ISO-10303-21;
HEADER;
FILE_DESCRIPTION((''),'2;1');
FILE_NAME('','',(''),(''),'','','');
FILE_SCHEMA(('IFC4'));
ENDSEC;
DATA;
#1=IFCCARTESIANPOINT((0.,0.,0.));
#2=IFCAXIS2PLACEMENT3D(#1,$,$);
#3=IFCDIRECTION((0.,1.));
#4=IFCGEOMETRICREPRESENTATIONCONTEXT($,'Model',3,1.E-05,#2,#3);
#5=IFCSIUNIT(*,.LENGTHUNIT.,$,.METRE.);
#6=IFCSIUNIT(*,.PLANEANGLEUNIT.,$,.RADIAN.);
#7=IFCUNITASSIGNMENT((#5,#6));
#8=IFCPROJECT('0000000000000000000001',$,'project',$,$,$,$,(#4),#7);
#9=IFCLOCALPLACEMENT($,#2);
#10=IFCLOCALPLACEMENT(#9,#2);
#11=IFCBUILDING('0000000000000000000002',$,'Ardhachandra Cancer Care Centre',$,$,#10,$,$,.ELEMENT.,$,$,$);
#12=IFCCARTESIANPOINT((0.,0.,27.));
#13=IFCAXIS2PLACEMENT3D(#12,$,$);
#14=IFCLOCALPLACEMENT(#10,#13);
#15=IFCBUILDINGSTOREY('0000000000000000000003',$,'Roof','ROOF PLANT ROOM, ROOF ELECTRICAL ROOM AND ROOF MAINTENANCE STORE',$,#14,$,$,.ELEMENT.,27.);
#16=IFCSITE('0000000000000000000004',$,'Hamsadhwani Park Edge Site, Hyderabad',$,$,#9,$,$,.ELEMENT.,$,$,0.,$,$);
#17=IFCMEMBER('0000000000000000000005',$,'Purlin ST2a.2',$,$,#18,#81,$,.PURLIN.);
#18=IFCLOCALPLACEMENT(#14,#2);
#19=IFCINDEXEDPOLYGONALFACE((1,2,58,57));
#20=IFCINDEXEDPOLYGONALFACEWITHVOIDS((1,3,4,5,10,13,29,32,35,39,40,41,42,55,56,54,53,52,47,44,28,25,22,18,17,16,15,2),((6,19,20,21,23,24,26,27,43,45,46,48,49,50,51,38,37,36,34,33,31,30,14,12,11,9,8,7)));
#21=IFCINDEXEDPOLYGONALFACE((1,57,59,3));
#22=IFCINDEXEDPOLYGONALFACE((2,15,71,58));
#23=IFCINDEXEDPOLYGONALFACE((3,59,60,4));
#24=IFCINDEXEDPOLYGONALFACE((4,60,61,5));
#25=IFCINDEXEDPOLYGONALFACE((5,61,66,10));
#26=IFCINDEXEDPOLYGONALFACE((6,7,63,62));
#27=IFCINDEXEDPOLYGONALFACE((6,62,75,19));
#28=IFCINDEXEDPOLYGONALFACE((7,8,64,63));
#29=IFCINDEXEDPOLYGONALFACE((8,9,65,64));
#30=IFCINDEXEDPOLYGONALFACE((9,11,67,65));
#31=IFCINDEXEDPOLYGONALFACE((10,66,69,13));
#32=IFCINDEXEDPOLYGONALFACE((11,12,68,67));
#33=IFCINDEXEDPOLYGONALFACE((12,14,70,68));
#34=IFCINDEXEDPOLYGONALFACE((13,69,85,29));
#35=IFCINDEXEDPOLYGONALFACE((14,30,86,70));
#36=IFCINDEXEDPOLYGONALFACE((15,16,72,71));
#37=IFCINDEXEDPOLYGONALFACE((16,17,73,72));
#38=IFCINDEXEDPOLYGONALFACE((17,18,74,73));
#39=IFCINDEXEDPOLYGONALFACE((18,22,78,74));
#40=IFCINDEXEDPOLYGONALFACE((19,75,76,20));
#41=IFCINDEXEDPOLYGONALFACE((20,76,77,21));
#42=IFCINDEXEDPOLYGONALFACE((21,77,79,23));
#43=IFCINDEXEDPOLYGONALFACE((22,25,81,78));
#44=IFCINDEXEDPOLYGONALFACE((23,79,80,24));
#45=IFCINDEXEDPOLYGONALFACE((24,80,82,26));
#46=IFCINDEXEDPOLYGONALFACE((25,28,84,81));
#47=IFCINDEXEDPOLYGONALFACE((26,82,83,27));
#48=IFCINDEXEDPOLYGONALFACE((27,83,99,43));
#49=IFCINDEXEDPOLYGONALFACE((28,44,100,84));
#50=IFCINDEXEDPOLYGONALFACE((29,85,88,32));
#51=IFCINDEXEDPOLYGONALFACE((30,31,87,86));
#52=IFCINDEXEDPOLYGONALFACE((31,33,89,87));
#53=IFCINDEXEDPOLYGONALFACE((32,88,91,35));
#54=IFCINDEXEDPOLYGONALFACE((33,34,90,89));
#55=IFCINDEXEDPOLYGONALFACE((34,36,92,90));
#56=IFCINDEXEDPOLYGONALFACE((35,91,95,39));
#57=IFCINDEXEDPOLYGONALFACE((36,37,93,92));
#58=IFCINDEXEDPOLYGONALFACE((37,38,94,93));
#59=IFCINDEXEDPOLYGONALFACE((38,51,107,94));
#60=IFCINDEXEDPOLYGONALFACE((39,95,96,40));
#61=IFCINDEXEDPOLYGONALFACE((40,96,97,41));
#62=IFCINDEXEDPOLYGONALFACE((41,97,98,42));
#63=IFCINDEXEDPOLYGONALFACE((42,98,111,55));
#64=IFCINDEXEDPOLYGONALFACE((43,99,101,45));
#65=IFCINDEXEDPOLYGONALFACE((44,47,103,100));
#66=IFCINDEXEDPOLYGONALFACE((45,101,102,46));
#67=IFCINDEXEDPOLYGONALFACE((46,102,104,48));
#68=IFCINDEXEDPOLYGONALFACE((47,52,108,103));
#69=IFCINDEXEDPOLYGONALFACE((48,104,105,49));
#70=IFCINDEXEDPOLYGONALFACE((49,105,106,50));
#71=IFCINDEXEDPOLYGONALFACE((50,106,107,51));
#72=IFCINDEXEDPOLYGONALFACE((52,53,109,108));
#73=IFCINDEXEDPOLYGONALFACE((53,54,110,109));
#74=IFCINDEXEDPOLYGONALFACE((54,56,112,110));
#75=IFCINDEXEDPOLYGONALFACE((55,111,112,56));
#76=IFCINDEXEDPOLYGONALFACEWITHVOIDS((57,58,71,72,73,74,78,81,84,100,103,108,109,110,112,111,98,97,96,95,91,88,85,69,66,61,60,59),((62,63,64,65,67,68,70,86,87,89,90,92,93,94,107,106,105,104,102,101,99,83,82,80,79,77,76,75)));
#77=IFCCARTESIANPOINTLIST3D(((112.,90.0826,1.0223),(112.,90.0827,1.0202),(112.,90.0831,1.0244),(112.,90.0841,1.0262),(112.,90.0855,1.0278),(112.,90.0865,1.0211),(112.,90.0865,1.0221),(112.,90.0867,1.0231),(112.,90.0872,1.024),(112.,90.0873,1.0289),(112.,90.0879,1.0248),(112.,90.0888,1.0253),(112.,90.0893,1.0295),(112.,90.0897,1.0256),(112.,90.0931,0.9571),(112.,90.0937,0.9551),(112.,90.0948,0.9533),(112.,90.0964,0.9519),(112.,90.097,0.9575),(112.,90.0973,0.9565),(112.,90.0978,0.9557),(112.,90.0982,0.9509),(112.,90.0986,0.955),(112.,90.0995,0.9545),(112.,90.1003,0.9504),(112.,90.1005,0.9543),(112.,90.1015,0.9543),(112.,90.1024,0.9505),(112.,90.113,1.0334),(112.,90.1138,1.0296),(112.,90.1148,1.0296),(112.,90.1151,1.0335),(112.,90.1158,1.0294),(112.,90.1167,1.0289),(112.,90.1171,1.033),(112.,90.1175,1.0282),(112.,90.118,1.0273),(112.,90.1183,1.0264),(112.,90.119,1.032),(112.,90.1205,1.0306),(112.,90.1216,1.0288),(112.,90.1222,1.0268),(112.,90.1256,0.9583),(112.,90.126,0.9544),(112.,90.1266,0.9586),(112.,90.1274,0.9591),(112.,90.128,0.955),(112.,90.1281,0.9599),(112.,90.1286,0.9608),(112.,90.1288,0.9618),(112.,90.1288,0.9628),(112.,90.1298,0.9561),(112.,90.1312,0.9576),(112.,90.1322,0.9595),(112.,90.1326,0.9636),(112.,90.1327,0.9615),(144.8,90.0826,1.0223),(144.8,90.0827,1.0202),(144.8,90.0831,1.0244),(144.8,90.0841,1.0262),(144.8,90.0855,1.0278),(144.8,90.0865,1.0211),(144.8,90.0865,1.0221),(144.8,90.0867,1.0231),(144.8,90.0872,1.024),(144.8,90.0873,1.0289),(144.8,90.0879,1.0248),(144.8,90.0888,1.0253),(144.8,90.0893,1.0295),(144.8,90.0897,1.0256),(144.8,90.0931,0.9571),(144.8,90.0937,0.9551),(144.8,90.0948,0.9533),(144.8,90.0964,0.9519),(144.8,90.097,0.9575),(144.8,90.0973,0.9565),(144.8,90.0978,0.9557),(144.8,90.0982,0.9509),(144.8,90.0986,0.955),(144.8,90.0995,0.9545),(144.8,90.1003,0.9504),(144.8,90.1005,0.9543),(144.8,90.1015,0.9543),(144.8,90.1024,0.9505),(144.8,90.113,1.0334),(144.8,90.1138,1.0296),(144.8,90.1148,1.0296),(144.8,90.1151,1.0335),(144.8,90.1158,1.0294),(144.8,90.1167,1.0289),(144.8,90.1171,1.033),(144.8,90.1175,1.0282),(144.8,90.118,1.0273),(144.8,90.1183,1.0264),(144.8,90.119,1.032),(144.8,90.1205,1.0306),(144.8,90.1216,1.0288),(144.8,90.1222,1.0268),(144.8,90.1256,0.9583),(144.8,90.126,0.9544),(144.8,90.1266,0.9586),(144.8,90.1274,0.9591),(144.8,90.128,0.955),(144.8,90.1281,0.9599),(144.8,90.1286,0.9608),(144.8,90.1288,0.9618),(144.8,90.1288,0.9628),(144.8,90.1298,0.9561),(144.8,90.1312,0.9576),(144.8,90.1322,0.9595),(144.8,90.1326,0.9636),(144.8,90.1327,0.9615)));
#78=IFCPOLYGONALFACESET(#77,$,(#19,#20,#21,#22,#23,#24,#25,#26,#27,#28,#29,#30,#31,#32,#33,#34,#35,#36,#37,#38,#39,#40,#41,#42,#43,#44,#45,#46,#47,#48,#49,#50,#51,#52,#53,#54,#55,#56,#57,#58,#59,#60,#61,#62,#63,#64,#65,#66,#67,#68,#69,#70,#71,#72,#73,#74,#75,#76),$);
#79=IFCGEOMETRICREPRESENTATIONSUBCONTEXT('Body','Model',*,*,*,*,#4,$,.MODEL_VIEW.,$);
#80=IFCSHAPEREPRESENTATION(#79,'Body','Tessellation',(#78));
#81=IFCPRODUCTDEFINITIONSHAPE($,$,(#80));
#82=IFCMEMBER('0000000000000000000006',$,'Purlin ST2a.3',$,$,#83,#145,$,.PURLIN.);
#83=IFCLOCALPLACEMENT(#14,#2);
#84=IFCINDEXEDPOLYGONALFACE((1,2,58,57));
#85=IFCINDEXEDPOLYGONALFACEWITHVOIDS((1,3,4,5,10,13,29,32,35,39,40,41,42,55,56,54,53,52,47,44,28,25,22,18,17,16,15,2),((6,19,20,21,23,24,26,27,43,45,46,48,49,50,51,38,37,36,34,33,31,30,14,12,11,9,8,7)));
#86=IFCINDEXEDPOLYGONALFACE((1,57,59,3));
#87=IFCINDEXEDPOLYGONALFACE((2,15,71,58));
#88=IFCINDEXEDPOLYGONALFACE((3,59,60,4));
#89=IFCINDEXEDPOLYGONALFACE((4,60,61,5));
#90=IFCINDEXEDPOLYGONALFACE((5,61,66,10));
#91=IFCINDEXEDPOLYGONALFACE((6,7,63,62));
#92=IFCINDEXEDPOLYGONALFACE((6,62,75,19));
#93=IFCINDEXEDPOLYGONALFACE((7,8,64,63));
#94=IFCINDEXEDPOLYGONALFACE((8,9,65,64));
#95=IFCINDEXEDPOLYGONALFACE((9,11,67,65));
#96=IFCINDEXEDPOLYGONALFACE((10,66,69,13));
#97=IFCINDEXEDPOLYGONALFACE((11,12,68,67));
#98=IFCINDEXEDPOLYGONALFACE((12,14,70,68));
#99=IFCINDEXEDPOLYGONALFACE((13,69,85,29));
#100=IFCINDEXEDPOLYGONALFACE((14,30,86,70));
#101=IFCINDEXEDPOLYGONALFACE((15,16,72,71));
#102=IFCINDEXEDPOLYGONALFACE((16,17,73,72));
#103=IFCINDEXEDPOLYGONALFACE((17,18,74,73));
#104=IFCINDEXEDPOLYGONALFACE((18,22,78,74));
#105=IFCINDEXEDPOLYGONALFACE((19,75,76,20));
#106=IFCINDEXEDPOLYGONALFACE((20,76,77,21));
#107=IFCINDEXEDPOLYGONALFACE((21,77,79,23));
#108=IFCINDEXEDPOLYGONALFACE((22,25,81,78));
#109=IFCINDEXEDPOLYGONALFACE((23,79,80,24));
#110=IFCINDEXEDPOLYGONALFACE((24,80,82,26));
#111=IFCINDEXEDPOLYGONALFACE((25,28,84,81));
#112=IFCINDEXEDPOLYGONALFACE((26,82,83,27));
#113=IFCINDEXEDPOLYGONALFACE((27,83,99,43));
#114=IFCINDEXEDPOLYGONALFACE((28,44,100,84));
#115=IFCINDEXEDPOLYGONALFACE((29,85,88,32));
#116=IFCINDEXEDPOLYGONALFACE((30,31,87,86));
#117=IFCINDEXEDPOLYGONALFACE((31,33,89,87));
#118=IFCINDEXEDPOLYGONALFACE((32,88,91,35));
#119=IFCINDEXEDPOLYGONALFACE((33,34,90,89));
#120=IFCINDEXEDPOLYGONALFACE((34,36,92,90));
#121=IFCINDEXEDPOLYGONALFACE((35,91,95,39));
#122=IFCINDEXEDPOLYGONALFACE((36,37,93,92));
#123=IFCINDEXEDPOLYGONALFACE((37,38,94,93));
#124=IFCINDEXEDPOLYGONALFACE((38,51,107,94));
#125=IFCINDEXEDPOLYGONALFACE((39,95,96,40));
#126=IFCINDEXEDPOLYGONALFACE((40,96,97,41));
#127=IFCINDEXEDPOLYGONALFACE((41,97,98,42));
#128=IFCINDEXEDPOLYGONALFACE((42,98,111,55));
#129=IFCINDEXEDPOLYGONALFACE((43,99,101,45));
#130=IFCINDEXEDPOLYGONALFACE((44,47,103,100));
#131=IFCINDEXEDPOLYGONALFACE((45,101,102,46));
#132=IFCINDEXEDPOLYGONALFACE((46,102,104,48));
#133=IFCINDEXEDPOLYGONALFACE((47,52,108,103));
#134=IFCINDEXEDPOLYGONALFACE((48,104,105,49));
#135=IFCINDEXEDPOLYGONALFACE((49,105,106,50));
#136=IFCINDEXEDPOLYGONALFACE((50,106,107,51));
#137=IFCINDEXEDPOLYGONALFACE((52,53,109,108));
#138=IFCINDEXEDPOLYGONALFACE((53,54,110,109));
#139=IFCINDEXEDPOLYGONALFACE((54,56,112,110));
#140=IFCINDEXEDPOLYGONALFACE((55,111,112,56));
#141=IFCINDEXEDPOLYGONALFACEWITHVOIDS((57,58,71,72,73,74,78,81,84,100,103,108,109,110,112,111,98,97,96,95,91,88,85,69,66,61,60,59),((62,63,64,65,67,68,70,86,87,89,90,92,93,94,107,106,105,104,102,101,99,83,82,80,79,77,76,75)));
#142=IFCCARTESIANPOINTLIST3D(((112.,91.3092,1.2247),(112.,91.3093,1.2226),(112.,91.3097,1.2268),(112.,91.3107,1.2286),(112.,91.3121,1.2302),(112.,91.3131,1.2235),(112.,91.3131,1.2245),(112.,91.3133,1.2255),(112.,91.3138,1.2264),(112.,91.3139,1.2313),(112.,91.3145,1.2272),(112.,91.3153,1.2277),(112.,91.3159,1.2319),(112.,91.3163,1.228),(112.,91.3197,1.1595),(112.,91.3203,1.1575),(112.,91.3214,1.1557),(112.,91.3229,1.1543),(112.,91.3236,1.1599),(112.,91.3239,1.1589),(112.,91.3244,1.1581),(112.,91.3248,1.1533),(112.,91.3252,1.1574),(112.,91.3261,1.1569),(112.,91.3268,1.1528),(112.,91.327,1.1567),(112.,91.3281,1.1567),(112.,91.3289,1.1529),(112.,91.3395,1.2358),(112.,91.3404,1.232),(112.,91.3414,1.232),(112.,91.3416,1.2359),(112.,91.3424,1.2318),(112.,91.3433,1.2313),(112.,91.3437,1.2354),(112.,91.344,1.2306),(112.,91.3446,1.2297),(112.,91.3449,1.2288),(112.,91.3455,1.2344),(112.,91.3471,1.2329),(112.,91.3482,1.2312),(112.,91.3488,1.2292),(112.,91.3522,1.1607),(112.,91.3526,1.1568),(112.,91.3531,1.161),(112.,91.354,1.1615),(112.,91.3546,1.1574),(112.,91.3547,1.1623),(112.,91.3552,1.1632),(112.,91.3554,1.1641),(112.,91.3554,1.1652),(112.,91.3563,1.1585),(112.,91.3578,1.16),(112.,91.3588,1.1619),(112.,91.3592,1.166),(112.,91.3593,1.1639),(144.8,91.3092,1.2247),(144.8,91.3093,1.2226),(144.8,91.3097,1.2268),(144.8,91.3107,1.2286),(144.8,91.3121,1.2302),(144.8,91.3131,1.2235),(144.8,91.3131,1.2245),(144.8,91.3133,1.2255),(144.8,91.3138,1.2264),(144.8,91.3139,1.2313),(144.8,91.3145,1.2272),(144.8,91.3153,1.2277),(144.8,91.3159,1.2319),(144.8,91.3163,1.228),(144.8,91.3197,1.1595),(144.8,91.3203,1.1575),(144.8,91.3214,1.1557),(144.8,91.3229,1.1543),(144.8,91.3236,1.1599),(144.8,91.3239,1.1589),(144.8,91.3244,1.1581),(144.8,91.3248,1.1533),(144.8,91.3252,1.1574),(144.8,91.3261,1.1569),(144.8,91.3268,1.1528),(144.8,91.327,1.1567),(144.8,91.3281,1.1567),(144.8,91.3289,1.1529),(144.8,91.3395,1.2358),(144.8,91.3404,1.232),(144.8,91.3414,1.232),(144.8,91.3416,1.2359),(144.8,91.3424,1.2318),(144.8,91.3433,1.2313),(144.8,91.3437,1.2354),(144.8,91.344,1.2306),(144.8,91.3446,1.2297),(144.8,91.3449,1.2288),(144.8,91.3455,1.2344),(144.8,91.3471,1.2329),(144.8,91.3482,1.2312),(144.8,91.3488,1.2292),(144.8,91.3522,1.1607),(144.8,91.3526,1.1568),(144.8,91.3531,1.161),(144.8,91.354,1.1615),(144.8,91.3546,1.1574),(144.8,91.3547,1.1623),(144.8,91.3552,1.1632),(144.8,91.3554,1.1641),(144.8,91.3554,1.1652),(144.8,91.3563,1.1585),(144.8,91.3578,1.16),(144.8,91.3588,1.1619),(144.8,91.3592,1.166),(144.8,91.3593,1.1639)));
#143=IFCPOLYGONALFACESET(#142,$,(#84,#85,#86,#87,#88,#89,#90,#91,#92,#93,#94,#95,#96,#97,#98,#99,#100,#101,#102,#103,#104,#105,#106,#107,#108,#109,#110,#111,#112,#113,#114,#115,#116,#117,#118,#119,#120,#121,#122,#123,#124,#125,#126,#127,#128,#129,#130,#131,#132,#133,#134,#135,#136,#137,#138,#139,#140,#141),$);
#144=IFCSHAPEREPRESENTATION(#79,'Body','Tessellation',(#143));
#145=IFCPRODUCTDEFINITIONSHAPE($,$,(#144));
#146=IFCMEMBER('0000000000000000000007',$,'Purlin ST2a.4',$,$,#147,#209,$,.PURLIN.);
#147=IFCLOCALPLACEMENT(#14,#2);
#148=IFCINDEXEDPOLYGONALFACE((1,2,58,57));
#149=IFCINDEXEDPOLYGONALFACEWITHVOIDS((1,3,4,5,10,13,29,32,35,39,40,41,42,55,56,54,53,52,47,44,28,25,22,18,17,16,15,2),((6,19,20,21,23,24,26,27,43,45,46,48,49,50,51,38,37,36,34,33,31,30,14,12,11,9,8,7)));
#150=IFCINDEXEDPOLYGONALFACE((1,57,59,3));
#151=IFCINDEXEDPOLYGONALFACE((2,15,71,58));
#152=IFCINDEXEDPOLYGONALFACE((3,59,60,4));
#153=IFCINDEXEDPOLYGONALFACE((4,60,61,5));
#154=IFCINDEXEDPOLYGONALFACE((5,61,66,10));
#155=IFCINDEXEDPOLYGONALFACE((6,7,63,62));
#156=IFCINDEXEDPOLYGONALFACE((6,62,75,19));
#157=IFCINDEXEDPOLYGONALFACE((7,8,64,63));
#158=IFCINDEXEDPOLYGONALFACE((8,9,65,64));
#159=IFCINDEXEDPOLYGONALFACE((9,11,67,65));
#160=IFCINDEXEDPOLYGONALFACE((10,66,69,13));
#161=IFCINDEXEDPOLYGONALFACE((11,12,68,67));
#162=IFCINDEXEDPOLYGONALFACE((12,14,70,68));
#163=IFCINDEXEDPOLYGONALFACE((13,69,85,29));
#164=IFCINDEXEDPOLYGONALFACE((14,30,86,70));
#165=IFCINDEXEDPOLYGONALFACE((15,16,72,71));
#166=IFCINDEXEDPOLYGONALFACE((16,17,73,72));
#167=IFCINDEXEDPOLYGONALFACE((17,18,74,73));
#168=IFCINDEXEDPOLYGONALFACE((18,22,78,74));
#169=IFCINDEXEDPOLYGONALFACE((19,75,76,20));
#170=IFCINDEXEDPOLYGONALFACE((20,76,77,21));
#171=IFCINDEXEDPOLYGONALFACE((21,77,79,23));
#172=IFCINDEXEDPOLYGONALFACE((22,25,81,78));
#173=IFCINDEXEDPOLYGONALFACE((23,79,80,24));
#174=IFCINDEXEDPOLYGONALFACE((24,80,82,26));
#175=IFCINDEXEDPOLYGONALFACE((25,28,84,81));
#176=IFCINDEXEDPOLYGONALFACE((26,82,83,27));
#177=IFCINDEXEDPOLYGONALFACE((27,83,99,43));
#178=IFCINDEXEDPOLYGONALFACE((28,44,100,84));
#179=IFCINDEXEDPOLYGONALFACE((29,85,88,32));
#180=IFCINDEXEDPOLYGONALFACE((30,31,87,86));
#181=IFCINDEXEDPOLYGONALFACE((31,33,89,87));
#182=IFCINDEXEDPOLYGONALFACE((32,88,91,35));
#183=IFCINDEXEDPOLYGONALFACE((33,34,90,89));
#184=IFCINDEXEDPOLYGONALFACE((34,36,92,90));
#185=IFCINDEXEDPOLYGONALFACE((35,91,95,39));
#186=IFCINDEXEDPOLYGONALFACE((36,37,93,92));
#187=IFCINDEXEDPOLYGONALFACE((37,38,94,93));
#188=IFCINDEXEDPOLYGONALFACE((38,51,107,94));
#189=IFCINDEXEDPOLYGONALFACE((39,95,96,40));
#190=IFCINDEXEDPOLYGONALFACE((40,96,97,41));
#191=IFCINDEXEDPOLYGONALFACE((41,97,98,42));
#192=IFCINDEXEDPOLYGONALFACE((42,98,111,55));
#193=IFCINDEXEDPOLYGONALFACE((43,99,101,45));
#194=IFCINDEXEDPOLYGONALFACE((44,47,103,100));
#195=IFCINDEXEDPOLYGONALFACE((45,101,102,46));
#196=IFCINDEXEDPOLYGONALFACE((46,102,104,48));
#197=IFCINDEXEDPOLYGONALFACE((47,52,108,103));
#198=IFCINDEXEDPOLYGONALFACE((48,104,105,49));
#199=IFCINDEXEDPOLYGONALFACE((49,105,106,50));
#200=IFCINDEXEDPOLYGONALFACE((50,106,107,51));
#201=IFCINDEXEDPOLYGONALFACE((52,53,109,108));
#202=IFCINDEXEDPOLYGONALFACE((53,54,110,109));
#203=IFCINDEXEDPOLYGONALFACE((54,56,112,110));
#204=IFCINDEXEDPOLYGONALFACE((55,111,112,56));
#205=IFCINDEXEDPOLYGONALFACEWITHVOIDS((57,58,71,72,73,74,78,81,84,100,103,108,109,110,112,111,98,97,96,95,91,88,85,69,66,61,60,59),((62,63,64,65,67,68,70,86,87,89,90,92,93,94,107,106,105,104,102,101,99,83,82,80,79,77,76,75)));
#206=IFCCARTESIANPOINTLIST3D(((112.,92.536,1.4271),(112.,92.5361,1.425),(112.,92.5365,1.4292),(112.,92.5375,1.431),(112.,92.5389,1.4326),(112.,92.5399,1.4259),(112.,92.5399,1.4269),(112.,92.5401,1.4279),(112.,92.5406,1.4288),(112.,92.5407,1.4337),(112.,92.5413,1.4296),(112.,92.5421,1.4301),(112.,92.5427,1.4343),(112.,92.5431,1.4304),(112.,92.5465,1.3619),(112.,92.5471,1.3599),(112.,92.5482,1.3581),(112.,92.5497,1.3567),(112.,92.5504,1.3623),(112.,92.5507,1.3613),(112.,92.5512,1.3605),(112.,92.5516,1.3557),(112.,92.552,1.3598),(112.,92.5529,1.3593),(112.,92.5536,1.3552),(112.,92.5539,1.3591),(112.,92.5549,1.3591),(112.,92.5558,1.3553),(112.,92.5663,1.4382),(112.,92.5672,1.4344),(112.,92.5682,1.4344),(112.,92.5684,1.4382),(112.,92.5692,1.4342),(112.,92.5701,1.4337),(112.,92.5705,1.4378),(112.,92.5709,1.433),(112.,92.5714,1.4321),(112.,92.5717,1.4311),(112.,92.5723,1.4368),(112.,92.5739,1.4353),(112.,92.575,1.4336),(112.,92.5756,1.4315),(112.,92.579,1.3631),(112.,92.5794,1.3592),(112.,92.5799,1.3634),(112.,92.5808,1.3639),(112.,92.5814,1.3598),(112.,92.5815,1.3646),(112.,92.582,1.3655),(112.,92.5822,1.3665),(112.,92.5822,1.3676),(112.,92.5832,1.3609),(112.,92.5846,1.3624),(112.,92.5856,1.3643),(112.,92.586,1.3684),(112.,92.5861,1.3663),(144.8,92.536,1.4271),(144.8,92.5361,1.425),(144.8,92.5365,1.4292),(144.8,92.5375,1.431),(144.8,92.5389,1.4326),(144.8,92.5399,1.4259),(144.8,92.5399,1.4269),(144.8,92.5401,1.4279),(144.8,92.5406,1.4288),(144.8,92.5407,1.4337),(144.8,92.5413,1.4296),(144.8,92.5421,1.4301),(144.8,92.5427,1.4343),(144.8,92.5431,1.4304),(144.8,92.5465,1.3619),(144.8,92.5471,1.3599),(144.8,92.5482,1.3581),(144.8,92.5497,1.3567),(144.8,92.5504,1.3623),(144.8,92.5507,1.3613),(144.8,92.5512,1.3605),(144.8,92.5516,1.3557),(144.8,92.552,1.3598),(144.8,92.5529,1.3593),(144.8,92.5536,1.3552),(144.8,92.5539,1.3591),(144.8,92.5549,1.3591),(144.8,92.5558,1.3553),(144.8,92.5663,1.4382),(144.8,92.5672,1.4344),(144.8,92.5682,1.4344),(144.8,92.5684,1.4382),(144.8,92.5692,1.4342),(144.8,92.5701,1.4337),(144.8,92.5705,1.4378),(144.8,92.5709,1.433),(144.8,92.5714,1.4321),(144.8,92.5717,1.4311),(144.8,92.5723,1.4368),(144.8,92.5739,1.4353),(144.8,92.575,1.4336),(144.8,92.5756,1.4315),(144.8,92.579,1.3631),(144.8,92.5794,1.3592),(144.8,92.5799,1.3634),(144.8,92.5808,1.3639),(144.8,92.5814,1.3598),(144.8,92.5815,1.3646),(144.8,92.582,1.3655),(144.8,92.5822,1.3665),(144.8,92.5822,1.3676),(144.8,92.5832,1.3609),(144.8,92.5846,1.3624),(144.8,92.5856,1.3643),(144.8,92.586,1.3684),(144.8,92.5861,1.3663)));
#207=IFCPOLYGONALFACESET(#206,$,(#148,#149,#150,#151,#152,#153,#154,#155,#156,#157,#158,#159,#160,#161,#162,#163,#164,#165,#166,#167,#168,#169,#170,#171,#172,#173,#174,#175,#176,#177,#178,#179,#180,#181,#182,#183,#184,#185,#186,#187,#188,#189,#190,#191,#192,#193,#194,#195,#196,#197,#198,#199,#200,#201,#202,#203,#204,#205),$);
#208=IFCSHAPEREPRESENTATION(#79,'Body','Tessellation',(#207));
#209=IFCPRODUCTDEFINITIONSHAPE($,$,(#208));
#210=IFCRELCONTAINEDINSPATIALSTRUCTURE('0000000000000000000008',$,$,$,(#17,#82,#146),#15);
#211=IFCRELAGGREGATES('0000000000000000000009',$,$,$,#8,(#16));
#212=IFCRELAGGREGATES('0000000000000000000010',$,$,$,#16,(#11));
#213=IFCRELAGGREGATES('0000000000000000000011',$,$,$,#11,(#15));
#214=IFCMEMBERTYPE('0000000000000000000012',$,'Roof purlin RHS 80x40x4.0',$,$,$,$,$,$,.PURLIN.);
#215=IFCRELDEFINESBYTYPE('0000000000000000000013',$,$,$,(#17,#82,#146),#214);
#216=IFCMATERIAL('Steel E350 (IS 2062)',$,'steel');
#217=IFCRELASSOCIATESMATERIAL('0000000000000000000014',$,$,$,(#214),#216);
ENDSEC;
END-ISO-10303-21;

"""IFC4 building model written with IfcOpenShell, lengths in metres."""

from ifc_helpers import new_model, si_unit, direction, frame, origin, origin_2d, place, context, subcontext, project, spatial, hollow_rectangle, extrude, material, material_profile, profile_set, type_object, element, save


model = new_model("IFC4")

# Units and contexts
model_context = context("Model", 3, precision=1e-05, world=origin(), true_north=direction((0.0, 1.0)))
body_context = subcontext(model_context, "Body", "Model", "MODEL_VIEW")
ifc_project = project(units=[si_unit("LENGTHUNIT", "METRE"), si_unit("PLANEANGLEUNIT", "RADIAN")], contexts=[model_context])

# Site, building, storey
site_placement = place(None, origin())
site = spatial("IfcSite", under=ifc_project, at=site_placement, Name="Hamsadhwani Park Edge Site, Hyderabad", CompositionType="ELEMENT", RefElevation=0.0)
building_placement = place(site_placement, origin())
building = spatial("IfcBuilding", under=site, at=building_placement, Name="Ardhachandra Cancer Care Centre", CompositionType="ELEMENT")
storey_placement = place(building_placement, frame((0.0, 0.0, 27.0)))
storey = spatial("IfcBuildingStorey", under=building, at=storey_placement, Name="Roof", Description="ROOF PLANT ROOM, ROOF ELECTRICAL ROOM AND ROOF MAINTENANCE STORE", CompositionType="ELEMENT", Elevation=27.0)

# Members
ifc_material_1 = material(Name="Steel E350 (IS 2062)", Category="steel")
ifc_material_profile_1 = material_profile(ifc_material_1, hollow_rectangle(XDim=0.04, YDim=0.0801, WallThickness=0.0039, InnerFilletRadius=0.0039, OuterFilletRadius=0.0081, at=origin_2d()), Name="RHS 80x40x4.0")
ifc_profile_set_1 = profile_set([ifc_material_profile_1], Name="Steel E350 (IS 2062)")
member_type_1 = type_object("IfcMemberType", Name="Roof purlin RHS 80x40x4.0", PredefinedType="PURLIN", material=ifc_profile_set_1)
for number, where, z_axis, x_axis, name in (
    (1, (112.0, 90.1077, 0.9919), (1.0, 0.0, 0.0), (0.0, 0.986659, 0.162799), "Purlin ST2a.2"),
    (2, (112.0, 91.3342, 1.1943), (1.0, 0.0, 0.0), (0.0, 0.986659, 0.162799), "Purlin ST2a.3"),
    (3, (112.0, 92.561, 1.3967), (1.0, 0.0, 0.0), (0.0, 0.986659, 0.162799), "Purlin ST2a.4"),
):
    element("IfcMember", number, at=place(storey_placement, frame(where, z_axis=z_axis, x_axis=x_axis)), inside=storey, type_object=member_type_1, Name=name, PredefinedType="PURLIN", context=body_context, shape_type="SweptSolid", body=[
        extrude(hollow_rectangle(XDim=0.04, YDim=0.0801, WallThickness=0.0039, InnerFilletRadius=0.0039, OuterFilletRadius=0.0081, at=origin_2d()), origin(), (0.0, 0.0, 1.0), 32.8),
    ])

save(model, "model.ifc")
